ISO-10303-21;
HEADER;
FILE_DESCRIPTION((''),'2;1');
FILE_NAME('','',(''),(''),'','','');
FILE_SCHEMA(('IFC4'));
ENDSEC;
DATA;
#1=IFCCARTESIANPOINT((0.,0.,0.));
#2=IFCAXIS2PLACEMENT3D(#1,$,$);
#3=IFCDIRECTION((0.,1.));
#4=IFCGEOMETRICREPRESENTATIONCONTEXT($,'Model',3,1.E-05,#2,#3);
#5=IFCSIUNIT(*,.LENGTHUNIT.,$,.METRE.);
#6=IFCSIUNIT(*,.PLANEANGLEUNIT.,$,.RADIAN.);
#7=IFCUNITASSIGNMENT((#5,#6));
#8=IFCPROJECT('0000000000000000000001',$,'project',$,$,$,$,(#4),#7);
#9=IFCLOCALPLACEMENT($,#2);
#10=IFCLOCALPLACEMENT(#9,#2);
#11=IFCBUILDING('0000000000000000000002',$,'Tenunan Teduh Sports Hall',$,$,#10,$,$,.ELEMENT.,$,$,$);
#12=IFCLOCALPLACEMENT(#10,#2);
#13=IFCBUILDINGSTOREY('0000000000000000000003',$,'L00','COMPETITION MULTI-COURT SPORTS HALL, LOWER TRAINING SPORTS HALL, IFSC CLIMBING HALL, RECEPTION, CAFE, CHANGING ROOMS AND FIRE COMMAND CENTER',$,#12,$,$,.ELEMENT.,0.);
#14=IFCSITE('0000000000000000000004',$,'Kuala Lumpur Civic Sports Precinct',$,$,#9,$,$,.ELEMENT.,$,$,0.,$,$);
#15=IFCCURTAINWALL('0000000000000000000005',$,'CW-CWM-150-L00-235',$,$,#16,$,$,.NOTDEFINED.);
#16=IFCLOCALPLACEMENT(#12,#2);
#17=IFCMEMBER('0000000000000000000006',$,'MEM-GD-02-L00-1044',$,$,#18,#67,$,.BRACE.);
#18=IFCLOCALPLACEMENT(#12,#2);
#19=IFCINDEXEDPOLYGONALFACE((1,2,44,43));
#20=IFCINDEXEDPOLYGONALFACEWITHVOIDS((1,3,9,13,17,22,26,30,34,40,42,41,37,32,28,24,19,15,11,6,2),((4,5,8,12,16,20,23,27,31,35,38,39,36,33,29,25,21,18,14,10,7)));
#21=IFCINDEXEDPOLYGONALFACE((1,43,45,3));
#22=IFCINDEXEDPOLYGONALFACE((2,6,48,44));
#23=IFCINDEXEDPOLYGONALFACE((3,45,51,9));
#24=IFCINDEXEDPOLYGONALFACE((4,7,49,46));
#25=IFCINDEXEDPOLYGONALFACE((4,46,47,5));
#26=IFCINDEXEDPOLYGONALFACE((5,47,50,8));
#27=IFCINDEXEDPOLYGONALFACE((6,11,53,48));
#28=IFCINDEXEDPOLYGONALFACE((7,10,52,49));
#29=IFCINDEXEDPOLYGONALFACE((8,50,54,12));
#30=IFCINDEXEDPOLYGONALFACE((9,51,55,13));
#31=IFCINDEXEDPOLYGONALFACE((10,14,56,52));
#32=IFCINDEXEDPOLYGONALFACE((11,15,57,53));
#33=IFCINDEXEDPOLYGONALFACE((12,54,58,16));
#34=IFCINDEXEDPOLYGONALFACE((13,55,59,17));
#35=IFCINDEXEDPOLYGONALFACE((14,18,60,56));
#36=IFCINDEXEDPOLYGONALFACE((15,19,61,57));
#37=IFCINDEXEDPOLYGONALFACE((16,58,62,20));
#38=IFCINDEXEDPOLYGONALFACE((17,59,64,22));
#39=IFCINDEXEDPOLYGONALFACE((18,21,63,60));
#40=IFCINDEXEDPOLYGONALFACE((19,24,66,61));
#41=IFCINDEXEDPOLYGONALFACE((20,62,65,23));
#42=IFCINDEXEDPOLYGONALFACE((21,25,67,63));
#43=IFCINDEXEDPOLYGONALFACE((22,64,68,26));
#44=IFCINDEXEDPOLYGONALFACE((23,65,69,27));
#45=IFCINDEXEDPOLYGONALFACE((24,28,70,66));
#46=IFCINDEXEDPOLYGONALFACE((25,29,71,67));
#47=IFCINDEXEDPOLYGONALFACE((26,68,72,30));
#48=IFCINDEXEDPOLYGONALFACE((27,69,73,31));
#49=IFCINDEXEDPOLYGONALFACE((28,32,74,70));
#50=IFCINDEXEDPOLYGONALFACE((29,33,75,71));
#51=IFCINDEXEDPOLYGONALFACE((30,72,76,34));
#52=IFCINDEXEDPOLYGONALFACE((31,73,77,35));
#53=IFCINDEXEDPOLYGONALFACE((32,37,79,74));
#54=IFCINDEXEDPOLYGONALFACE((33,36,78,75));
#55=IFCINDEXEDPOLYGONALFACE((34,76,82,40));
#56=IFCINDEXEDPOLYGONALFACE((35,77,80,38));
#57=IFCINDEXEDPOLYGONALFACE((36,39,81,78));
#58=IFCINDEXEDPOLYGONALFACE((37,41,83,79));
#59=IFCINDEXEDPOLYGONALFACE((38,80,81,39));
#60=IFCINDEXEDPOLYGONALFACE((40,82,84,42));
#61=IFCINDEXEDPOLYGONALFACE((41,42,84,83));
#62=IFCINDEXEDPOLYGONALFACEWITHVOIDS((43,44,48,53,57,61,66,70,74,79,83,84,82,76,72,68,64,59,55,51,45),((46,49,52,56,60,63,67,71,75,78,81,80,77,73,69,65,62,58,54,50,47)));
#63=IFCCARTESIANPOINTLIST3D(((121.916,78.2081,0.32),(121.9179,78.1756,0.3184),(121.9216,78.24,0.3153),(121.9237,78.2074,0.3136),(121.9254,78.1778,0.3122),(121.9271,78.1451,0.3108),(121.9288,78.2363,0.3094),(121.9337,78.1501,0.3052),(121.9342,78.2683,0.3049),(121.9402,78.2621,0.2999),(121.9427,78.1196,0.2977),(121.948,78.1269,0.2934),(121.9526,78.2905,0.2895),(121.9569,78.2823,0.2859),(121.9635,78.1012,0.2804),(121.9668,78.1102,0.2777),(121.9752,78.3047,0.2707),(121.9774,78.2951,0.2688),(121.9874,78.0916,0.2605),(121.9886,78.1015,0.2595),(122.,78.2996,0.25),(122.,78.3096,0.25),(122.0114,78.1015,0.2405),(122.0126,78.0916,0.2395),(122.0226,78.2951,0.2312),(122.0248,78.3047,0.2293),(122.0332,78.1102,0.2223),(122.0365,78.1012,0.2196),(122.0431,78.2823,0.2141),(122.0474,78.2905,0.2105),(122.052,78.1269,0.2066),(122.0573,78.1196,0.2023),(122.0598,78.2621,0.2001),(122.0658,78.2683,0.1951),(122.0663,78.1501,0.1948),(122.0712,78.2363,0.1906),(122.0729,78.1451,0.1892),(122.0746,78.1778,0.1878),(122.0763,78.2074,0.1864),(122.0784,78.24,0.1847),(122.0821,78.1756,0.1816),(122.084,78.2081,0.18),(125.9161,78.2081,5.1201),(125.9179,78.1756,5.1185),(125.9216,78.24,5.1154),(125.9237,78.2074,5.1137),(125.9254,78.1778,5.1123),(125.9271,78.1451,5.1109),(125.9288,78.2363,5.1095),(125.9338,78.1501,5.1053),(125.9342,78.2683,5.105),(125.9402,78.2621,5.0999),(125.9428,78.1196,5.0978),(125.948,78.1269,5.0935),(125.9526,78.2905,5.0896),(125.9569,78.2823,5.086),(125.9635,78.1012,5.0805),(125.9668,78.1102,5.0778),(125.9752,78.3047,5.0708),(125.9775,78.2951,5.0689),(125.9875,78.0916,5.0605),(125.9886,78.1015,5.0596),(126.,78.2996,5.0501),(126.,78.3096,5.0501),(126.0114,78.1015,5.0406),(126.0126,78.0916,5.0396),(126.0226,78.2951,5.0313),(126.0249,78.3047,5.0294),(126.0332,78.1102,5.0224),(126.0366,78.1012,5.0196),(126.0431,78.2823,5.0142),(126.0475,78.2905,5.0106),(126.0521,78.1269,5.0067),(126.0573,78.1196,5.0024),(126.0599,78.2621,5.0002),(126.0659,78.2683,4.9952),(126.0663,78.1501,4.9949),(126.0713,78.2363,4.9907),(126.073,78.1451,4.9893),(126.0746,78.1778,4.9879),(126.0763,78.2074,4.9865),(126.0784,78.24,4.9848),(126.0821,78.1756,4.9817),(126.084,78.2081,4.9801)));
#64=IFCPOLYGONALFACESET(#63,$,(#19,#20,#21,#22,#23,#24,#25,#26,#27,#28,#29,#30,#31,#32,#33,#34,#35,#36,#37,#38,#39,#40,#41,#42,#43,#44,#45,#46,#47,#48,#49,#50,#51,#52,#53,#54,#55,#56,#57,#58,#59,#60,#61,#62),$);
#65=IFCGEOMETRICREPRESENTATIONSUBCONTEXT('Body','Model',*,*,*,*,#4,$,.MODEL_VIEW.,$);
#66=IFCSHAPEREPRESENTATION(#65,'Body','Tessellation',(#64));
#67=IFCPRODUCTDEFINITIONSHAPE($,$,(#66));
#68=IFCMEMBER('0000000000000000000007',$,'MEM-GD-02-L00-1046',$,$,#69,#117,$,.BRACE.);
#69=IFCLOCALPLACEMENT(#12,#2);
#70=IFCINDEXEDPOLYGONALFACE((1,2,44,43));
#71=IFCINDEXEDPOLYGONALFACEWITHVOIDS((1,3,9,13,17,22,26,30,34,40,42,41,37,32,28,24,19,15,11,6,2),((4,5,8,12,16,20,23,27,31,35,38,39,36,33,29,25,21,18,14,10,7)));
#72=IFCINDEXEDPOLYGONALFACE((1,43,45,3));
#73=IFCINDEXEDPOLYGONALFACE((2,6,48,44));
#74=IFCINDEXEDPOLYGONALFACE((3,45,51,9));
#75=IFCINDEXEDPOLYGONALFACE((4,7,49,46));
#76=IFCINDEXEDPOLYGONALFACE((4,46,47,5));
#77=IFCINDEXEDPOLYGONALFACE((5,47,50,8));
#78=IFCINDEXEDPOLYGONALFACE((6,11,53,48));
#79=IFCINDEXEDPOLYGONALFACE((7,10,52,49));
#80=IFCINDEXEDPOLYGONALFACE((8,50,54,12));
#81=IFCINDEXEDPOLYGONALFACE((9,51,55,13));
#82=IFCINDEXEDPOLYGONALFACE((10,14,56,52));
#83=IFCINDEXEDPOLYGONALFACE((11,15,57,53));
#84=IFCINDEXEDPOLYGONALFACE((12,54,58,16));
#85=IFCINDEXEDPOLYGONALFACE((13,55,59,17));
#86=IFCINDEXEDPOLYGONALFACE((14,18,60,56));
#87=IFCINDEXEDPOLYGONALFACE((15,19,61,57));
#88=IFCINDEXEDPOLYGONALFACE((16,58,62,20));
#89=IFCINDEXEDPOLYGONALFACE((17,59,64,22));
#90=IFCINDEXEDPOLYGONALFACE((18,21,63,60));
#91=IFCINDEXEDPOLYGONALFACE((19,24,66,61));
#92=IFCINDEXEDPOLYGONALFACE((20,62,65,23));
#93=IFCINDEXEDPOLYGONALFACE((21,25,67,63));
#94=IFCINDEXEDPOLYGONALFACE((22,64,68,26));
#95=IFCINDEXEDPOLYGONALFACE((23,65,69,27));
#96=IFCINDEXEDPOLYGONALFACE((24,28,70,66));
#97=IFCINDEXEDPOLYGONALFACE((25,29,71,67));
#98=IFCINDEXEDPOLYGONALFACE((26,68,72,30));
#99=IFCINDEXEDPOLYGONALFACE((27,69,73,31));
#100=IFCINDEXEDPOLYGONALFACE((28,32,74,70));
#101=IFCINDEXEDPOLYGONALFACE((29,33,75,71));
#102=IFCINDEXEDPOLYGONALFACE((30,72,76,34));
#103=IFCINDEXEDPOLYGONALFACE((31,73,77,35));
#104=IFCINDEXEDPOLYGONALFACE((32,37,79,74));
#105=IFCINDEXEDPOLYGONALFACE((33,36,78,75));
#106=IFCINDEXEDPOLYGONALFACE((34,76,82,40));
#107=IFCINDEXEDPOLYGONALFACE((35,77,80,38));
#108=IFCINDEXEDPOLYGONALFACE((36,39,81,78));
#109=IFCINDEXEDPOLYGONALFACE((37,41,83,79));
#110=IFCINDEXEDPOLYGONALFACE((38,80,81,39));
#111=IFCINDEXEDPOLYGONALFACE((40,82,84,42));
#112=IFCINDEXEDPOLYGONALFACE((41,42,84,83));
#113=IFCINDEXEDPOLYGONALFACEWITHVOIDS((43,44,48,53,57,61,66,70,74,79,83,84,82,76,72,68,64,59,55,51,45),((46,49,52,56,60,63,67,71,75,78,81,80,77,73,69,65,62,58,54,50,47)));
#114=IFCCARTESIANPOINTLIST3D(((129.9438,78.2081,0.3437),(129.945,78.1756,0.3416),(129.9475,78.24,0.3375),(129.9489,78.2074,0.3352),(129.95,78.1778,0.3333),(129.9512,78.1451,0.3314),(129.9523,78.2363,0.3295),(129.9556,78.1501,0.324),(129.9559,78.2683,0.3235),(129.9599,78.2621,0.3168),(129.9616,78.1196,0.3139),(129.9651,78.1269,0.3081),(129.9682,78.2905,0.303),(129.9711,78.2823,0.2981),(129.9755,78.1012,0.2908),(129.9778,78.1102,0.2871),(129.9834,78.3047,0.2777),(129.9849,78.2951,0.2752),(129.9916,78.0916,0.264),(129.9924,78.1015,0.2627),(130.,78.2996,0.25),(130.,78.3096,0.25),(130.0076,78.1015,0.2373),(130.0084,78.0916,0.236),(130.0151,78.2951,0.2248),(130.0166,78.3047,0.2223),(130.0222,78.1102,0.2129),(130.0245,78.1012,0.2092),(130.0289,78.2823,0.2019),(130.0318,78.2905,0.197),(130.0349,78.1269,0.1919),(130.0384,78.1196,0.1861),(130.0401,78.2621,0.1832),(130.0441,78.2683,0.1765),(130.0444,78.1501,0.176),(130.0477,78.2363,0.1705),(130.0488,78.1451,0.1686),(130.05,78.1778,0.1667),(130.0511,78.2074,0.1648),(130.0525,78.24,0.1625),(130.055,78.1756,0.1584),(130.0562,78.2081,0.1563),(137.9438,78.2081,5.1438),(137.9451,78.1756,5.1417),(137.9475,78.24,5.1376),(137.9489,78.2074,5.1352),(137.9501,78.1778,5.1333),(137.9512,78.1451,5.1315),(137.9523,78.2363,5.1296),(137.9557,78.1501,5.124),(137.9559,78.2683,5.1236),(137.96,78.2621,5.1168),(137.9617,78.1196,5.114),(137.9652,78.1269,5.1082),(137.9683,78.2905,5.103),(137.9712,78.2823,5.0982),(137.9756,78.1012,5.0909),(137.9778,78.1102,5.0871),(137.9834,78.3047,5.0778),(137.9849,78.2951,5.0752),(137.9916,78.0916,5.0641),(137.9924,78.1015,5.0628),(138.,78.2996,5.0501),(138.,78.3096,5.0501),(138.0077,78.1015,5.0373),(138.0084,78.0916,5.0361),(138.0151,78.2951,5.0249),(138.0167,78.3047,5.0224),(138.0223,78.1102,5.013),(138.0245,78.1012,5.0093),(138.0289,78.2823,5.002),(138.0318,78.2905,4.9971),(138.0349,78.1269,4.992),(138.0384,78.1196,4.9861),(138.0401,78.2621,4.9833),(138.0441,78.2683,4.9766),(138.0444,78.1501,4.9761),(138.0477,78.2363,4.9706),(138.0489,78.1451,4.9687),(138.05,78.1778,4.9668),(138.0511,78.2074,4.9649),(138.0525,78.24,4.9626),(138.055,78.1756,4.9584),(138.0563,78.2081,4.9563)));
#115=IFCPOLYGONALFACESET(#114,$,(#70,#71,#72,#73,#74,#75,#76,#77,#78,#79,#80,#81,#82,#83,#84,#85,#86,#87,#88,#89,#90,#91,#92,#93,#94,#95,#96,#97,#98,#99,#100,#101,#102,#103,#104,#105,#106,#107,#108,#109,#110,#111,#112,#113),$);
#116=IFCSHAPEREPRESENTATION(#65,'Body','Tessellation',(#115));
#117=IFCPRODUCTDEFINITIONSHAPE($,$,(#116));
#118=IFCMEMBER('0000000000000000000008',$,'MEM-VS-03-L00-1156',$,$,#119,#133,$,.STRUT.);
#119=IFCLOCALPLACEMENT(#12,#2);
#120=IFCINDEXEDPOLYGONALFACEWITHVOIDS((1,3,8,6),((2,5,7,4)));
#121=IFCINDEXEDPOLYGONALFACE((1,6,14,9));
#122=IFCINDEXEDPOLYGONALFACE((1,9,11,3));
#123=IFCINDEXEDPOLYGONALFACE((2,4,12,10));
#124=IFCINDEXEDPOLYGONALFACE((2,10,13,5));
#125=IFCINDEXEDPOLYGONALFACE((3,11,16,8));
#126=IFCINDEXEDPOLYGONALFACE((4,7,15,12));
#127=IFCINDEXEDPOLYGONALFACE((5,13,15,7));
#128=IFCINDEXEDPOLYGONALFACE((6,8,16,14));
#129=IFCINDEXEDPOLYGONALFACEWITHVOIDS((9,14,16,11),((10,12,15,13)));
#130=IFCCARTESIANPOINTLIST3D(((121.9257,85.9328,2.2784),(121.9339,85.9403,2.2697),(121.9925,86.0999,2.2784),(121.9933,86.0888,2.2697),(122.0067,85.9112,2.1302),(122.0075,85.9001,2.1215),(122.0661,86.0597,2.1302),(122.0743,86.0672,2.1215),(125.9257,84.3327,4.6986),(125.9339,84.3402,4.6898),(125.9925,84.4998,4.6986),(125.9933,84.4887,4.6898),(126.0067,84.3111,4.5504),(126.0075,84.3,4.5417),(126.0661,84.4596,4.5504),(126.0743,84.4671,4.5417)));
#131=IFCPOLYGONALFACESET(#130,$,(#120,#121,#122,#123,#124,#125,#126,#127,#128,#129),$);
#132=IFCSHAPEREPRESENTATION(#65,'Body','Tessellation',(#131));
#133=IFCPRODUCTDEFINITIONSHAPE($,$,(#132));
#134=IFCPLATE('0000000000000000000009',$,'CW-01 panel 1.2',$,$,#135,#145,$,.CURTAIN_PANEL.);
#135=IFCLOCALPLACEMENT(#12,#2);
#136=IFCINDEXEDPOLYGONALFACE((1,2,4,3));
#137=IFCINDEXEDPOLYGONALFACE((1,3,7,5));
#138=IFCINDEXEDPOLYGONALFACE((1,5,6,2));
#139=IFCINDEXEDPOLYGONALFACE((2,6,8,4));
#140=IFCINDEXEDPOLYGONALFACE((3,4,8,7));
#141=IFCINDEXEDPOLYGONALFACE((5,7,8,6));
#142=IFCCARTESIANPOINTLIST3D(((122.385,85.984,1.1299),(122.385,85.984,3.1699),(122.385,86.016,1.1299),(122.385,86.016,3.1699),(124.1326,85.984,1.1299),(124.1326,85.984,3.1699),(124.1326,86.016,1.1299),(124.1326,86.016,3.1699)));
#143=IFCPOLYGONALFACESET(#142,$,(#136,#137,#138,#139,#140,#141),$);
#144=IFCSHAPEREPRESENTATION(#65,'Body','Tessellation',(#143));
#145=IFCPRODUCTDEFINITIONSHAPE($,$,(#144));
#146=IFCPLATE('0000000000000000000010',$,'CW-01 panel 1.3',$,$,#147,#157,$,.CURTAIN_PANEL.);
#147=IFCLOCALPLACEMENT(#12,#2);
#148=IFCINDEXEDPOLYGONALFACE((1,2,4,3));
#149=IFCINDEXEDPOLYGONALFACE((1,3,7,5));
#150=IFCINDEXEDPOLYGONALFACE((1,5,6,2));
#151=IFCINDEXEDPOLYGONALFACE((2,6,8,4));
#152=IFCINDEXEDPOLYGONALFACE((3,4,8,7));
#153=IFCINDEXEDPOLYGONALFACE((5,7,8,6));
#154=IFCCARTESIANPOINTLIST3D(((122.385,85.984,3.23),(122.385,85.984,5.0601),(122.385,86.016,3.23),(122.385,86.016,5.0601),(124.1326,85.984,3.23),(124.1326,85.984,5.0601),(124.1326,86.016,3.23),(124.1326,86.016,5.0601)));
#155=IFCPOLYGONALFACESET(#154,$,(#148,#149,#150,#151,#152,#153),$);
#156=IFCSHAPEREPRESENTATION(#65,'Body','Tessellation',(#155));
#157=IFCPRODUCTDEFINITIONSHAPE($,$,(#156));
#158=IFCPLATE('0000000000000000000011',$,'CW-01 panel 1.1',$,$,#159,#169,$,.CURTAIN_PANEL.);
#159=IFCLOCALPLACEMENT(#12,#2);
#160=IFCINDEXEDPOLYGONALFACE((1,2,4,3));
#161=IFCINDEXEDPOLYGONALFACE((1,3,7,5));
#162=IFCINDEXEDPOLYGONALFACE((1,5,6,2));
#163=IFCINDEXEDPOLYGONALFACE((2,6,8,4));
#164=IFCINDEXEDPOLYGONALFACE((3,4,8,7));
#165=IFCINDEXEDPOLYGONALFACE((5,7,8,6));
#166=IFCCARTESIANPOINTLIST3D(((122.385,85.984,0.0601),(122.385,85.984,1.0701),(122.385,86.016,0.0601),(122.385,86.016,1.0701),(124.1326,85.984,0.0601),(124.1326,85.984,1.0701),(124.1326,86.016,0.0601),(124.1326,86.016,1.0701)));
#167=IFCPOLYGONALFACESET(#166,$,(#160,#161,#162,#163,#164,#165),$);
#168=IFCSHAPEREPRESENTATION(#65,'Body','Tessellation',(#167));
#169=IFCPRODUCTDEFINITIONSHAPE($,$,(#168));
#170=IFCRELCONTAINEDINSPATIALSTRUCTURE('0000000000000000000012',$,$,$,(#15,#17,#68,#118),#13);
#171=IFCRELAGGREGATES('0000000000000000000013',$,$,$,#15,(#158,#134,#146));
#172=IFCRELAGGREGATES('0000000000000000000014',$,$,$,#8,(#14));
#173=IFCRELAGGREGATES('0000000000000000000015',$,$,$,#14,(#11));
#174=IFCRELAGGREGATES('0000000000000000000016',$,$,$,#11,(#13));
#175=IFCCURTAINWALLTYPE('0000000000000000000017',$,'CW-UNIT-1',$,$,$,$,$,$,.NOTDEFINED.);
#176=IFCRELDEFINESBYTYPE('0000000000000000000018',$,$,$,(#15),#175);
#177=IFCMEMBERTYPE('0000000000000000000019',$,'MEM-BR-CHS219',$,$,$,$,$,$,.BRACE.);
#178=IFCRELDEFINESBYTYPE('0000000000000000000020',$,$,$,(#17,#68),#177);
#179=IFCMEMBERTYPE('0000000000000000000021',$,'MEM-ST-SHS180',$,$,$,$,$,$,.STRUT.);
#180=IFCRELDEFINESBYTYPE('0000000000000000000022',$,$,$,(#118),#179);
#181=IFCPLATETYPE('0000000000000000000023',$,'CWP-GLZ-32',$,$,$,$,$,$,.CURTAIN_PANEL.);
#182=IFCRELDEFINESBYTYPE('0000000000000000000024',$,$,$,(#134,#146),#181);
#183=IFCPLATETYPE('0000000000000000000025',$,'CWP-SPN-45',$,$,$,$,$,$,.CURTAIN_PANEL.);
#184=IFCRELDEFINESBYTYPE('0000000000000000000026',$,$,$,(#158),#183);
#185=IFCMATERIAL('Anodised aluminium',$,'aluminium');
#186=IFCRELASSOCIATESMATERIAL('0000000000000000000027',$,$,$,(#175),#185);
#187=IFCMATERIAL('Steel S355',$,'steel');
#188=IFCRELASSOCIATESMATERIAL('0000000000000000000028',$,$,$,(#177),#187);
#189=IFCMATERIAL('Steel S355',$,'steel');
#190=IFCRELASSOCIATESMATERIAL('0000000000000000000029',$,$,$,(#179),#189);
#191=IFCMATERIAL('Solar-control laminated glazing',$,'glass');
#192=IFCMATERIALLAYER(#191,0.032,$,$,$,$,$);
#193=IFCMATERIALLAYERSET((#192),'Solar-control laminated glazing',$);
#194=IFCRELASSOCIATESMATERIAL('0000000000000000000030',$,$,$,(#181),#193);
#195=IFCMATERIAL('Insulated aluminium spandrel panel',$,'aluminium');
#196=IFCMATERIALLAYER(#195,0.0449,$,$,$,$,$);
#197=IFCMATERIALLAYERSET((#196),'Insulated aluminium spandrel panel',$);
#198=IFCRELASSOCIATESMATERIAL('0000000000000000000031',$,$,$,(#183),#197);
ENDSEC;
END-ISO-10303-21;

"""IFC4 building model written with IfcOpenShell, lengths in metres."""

from ifc_helpers import new_model, si_unit, direction, frame, origin, origin_2d, place, context, subcontext, project, spatial, rectangle, hollow_rectangle, hollow_circle, extrude, material, layer, layer_set, material_profile, profile_set, type_object, element, aggregate, save


model = new_model("IFC4")

# Units and contexts
model_context = context("Model", 3, precision=1e-05, world=origin(), true_north=direction((0.0, 1.0)))
body_context = subcontext(model_context, "Body", "Model", "MODEL_VIEW")
ifc_project = project(units=[si_unit("LENGTHUNIT", "METRE"), si_unit("PLANEANGLEUNIT", "RADIAN")], contexts=[model_context])

# Site, building, storey
site_placement = place(None, origin())
site = spatial("IfcSite", under=ifc_project, at=site_placement, Name="Kuala Lumpur Civic Sports Precinct", CompositionType="ELEMENT", RefElevation=0.0)
building_placement = place(site_placement, origin())
building = spatial("IfcBuilding", under=site, at=building_placement, Name="Tenunan Teduh Sports Hall", CompositionType="ELEMENT")
storey_placement = place(building_placement, origin())
storey = spatial("IfcBuildingStorey", under=building, at=storey_placement, Name="L00", Description="COMPETITION MULTI-COURT SPORTS HALL, LOWER TRAINING SPORTS HALL, IFSC CLIMBING HALL, RECEPTION, CAFE, CHANGING ROOMS AND FIRE COMMAND CENTER", CompositionType="ELEMENT", Elevation=0.0)

# Curtain wall
ifc_material_1 = material(Name="Anodised aluminium", Category="aluminium")
curtain_wall_type = type_object("IfcCurtainWallType", Name="CW-UNIT-1", PredefinedType="NOTDEFINED", material=ifc_material_1)
curtain_wall_1_placement = place(storey_placement, origin())
curtain_wall_1 = element("IfcCurtainWall", 1, at=curtain_wall_1_placement, inside=storey, type_object=curtain_wall_type, Name="CW-CWM-150-L00-235", PredefinedType="NOTDEFINED")

# Members
ifc_material_2 = material(Name="Steel S355", Category="steel")
ifc_material_profile_1 = material_profile(ifc_material_2, hollow_circle(Radius=0.1096, WallThickness=0.01, at=origin_2d()), Name="CHS 219.1x10.0")
ifc_profile_set_1 = profile_set([ifc_material_profile_1], Name="Steel S355")
member_type_1 = type_object("IfcMemberType", Name="MEM-BR-CHS219", PredefinedType="BRACE", material=ifc_profile_set_1)
member_1_placement = place(storey_placement, frame((122.0, 78.2, 0.25), z_axis=(0.640181, 0.0, 0.768224), x_axis=(0.0, 1.0, 0.0)))
element("IfcMember", 2, at=member_1_placement, inside=storey, type_object=member_type_1, Name="MEM-GD-02-L00-1044", PredefinedType="BRACE", context=body_context, shape_type="SweptSolid", body=[
    extrude(hollow_circle(Radius=0.1096, WallThickness=0.01, at=origin_2d()), origin(), (0.0, 0.0, 1.0), 6.2483),
])
member_2_placement = place(storey_placement, frame((130.0, 78.2, 0.25), z_axis=(0.857491, 0.0, 0.5145), x_axis=(0.0, 1.0, 0.0)))
element("IfcMember", 3, at=member_2_placement, inside=storey, type_object=member_type_1, Name="MEM-GD-02-L00-1046", PredefinedType="BRACE", context=body_context, shape_type="SweptSolid", body=[
    extrude(hollow_circle(Radius=0.1096, WallThickness=0.01, at=origin_2d()), origin(), (0.0, 0.0, 1.0), 9.3296),
])
ifc_material_3 = material(Name="Steel S355", Category="steel")
ifc_material_profile_2 = material_profile(ifc_material_3, hollow_rectangle(XDim=0.1799, YDim=0.1799, WallThickness=0.01, at=origin_2d()), Name="SHS 180x180x10.0")
ifc_profile_set_2 = profile_set([ifc_material_profile_2], Name="Steel S355")
member_type_2 = type_object("IfcMemberType", Name="MEM-ST-SHS180", PredefinedType="STRUT", material=ifc_profile_set_2)
member_3_placement = place(storey_placement, frame((122.0, 86.0, 2.2), z_axis=(0.809486, -0.323814, 0.489773), x_axis=(0.37141, 0.928469, 0.0)))
element("IfcMember", 4, at=member_3_placement, inside=storey, type_object=member_type_2, Name="MEM-VS-03-L00-1156", PredefinedType="STRUT", context=body_context, shape_type="SweptSolid", body=[
    extrude(hollow_rectangle(XDim=0.1799, YDim=0.1799, WallThickness=0.01, at=origin_2d()), origin(), (0.0, 0.0, 1.0), 4.9414),
])

# Plates
ifc_material_4 = material(Name="Solar-control laminated glazing", Category="glass")
ifc_layer_1 = layer(ifc_material_4, 0.032)
ifc_layer_set_1 = layer_set([ifc_layer_1], Name="Solar-control laminated glazing")
plate_type_1 = type_object("IfcPlateType", Name="CWP-GLZ-32", PredefinedType="CURTAIN_PANEL", material=ifc_layer_set_1)
plate_1_placement = place(storey_placement, frame((123.2588, 86.0, 1.1299), z_axis=(0.0, 0.0, 1.0), x_axis=(1.0, 0.0, 0.0)))
plate_1 = element("IfcPlate", 5, at=plate_1_placement, type_object=plate_type_1, Name="CW-01 panel 1.2", PredefinedType="CURTAIN_PANEL", context=body_context, shape_type="SweptSolid", body=[
    extrude(rectangle(XDim=1.7476, YDim=0.032, at=origin_2d()), origin(), (0.0, 0.0, 1.0), 2.04),
])
plate_2_placement = place(storey_placement, frame((123.2588, 86.0, 3.23), z_axis=(0.0, 0.0, 1.0), x_axis=(1.0, 0.0, 0.0)))
plate_2 = element("IfcPlate", 6, at=plate_2_placement, type_object=plate_type_1, Name="CW-01 panel 1.3", PredefinedType="CURTAIN_PANEL", context=body_context, shape_type="SweptSolid", body=[
    extrude(rectangle(XDim=1.7476, YDim=0.032, at=origin_2d()), origin(), (0.0, 0.0, 1.0), 1.8301),
])
ifc_material_5 = material(Name="Insulated aluminium spandrel panel", Category="aluminium")
ifc_layer_2 = layer(ifc_material_5, 0.0449)
ifc_layer_set_2 = layer_set([ifc_layer_2], Name="Insulated aluminium spandrel panel")
plate_type_2 = type_object("IfcPlateType", Name="CWP-SPN-45", PredefinedType="CURTAIN_PANEL", material=ifc_layer_set_2)
plate_3_placement = place(storey_placement, frame((123.2588, 86.0, 0.0601), z_axis=(0.0, 0.0, 1.0), x_axis=(1.0, 0.0, 0.0)))
plate_3 = element("IfcPlate", 7, at=plate_3_placement, type_object=plate_type_2, Name="CW-01 panel 1.1", PredefinedType="CURTAIN_PANEL", context=body_context, shape_type="SweptSolid", body=[
    extrude(rectangle(XDim=1.7476, YDim=0.032, at=origin_2d()), origin(), (0.0, 0.0, 1.0), 1.01),
])
aggregate(curtain_wall_1, [plate_3, plate_1, plate_2])

save(model, "model.ifc")
